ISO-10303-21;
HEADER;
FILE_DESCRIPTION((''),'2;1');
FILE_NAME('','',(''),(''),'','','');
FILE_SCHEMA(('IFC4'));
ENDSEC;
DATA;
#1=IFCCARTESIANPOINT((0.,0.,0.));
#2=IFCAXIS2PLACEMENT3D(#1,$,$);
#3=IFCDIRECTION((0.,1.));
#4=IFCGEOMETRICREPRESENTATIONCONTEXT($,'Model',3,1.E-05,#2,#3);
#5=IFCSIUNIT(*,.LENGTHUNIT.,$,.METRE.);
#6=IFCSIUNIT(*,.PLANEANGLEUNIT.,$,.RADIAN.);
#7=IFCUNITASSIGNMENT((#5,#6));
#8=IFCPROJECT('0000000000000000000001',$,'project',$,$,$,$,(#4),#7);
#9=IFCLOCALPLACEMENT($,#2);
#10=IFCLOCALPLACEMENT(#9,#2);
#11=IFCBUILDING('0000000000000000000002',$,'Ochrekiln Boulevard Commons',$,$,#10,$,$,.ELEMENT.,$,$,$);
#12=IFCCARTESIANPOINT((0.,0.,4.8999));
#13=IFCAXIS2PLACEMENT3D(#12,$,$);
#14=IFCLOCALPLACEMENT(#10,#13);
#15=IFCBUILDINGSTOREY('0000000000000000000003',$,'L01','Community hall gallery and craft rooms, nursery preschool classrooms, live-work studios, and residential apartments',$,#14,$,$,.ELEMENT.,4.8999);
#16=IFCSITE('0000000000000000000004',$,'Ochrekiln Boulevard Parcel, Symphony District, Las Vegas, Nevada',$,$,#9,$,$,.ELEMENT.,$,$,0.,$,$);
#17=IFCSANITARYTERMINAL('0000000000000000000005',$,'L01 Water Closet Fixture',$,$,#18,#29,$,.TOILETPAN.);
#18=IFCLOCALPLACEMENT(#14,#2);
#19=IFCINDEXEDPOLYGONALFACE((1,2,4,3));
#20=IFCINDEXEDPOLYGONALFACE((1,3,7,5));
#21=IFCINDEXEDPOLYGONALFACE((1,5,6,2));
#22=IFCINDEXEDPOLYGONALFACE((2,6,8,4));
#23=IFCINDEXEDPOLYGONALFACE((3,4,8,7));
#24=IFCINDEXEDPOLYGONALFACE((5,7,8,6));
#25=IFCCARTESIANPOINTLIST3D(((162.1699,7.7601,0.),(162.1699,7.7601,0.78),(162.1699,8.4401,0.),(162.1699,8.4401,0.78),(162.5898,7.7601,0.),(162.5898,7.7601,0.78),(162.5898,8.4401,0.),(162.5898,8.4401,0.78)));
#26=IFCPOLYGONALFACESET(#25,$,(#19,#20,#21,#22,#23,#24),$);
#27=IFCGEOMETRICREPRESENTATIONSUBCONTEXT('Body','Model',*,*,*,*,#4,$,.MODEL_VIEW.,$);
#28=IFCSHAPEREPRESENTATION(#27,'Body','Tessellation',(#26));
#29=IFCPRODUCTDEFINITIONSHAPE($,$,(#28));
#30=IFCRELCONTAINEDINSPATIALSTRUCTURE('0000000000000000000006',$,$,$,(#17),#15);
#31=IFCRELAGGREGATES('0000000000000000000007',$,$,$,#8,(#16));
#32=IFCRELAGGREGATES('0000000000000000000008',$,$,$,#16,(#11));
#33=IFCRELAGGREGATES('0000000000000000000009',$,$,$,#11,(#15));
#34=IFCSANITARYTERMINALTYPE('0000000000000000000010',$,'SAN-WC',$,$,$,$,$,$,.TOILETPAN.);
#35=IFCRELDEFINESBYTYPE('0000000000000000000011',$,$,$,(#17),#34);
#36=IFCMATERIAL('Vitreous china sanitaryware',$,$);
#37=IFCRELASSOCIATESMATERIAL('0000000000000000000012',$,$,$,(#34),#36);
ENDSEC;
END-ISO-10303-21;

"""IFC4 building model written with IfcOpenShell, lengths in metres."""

from ifc_helpers import new_model, si_unit, direction, frame, origin, origin_2d, place, context, subcontext, project, spatial, rectangle, extrude, material, type_object, element, save


model = new_model("IFC4")

# Units and contexts
model_context = context("Model", 3, precision=1e-05, world=origin(), true_north=direction((0.0, 1.0)))
body_context = subcontext(model_context, "Body", "Model", "MODEL_VIEW")
ifc_project = project(units=[si_unit("LENGTHUNIT", "METRE"), si_unit("PLANEANGLEUNIT", "RADIAN")], contexts=[model_context])

# Site, building, storey
site_placement = place(None, origin())
site = spatial("IfcSite", under=ifc_project, at=site_placement, Name="Ochrekiln Boulevard Parcel, Symphony District, Las Vegas, Nevada", CompositionType="ELEMENT", RefElevation=0.0)
building_placement = place(site_placement, origin())
building = spatial("IfcBuilding", under=site, at=building_placement, Name="Ochrekiln Boulevard Commons", CompositionType="ELEMENT")
storey_placement = place(building_placement, frame((0.0, 0.0, 4.8999)))
storey = spatial("IfcBuildingStorey", under=building, at=storey_placement, Name="L01", Description="Community hall gallery and craft rooms, nursery preschool classrooms, live-work studios, and residential apartments", CompositionType="ELEMENT", Elevation=4.8999)

# Sanitary terminal
ifc_material_1 = material(Name="Vitreous china sanitaryware")
sanitary_terminal_type_1 = type_object("IfcSanitaryTerminalType", Name="SAN-WC", PredefinedType="TOILETPAN", material=ifc_material_1)
sanitary_terminal_1_placement = place(storey_placement, frame((162.3799, 8.1001, 0.0), z_axis=(0.0, 0.0, 1.0), x_axis=(1.0, 0.0, 0.0)))
element("IfcSanitaryTerminal", 1, at=sanitary_terminal_1_placement, inside=storey, type_object=sanitary_terminal_type_1, Name="L01 Water Closet Fixture", PredefinedType="TOILETPAN", context=body_context, shape_type="SweptSolid", body=[
    extrude(rectangle(XDim=0.4199, YDim=0.6799, at=origin_2d()), origin(), (0.0, 0.0, 1.0), 0.78),
])

save(model, "model.ifc")
